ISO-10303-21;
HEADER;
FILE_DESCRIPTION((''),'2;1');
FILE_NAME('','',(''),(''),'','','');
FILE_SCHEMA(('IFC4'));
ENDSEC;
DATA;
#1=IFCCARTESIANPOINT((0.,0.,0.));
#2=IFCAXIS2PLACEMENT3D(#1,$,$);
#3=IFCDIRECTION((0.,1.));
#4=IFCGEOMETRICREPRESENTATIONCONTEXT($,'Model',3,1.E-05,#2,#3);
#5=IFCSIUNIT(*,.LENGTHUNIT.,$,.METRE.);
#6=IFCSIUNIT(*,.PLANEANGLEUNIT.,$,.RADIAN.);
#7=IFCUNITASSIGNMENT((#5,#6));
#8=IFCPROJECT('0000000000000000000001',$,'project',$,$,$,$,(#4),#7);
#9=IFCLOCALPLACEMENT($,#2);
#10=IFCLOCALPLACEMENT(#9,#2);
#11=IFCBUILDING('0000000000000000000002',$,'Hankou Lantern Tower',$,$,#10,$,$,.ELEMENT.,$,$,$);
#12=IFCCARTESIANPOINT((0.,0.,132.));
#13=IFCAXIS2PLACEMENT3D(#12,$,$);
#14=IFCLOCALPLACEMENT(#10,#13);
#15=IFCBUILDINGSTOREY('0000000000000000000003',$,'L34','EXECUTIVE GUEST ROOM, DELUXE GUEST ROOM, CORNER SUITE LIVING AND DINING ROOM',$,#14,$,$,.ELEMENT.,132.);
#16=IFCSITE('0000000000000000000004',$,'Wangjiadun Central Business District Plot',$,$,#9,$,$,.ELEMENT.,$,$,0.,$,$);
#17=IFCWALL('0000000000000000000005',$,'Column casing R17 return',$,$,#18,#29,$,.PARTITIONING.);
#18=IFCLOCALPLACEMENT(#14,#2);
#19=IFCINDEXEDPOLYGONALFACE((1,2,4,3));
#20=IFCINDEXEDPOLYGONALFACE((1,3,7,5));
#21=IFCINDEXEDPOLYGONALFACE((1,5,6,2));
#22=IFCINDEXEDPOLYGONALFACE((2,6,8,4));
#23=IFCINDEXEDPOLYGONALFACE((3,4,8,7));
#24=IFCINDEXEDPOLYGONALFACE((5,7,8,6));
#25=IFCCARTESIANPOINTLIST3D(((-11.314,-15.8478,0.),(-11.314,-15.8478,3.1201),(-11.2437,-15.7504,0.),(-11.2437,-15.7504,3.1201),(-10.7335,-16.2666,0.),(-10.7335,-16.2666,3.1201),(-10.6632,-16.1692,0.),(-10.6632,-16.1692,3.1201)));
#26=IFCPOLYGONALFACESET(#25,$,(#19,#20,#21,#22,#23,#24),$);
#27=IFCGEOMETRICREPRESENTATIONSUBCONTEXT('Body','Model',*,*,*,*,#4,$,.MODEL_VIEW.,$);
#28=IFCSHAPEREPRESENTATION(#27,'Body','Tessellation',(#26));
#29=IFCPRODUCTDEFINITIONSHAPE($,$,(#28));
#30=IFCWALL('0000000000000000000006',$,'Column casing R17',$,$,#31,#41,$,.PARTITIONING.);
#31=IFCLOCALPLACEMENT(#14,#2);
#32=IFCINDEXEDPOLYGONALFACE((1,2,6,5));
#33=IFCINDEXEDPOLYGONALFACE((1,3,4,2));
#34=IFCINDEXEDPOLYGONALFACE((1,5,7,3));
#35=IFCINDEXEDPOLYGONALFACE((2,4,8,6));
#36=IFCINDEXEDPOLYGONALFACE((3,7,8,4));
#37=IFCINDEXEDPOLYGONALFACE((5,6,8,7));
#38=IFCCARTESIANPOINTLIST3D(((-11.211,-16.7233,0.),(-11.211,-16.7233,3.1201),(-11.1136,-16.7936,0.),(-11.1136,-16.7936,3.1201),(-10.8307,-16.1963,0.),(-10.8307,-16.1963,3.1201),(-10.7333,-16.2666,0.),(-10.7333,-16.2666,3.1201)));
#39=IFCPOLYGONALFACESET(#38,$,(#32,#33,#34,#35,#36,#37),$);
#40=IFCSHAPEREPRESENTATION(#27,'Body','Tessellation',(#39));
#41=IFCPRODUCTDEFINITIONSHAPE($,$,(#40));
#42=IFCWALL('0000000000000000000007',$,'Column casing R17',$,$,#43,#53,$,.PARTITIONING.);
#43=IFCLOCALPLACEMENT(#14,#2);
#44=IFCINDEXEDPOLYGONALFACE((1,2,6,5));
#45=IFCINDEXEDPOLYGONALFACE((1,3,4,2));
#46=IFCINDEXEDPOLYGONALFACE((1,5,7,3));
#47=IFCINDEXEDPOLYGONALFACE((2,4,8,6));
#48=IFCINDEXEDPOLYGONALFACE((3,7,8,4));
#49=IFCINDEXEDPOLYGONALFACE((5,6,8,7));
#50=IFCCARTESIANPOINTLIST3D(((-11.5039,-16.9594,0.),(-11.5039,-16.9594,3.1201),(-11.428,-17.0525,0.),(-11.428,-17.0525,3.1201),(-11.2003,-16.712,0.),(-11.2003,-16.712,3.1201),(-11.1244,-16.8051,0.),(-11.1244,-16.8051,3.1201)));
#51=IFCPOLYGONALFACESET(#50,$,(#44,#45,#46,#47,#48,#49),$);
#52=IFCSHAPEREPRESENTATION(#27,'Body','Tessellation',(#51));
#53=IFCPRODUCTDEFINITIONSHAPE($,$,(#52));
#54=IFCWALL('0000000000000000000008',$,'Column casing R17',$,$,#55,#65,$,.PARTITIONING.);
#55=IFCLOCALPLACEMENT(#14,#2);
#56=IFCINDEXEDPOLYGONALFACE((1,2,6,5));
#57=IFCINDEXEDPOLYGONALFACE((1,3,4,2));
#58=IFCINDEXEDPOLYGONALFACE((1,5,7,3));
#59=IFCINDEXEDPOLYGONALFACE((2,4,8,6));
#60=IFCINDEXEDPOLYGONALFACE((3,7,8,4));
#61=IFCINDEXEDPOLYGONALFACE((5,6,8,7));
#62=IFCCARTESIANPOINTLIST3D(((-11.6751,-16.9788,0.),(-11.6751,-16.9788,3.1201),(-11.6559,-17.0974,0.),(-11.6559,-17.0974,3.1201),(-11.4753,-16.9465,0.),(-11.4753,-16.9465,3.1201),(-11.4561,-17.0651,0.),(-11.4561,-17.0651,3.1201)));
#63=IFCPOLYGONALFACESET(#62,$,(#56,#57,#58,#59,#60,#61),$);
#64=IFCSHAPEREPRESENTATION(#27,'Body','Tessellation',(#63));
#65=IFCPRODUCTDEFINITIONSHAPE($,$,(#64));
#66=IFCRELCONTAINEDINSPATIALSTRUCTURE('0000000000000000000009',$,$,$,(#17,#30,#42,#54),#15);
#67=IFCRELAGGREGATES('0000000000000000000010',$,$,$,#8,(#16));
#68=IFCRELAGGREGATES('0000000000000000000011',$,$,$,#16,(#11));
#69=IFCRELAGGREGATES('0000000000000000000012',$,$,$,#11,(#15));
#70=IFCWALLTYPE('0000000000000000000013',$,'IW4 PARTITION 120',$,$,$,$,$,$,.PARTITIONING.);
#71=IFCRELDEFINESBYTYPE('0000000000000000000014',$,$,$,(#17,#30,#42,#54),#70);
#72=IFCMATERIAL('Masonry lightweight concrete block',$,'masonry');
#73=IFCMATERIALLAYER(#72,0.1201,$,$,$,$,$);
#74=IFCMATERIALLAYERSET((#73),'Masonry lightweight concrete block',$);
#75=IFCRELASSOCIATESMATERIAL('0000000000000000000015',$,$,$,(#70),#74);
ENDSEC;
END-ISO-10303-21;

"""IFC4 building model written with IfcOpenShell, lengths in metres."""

from ifc_helpers import new_model, si_unit, direction, frame, frame_2d, origin, place, context, subcontext, project, spatial, rectangle, extrude, material, layer, layer_set, type_object, element, save


model = new_model("IFC4")

# Units and contexts
model_context = context("Model", 3, precision=1e-05, world=origin(), true_north=direction((0.0, 1.0)))
body_context = subcontext(model_context, "Body", "Model", "MODEL_VIEW")
ifc_project = project(units=[si_unit("LENGTHUNIT", "METRE"), si_unit("PLANEANGLEUNIT", "RADIAN")], contexts=[model_context])

# Site, building, storey
site_placement = place(None, origin())
site = spatial("IfcSite", under=ifc_project, at=site_placement, Name="Wangjiadun Central Business District Plot", CompositionType="ELEMENT", RefElevation=0.0)
building_placement = place(site_placement, origin())
building = spatial("IfcBuilding", under=site, at=building_placement, Name="Hankou Lantern Tower", CompositionType="ELEMENT")
storey_placement = place(building_placement, frame((0.0, 0.0, 132.0)))
storey = spatial("IfcBuildingStorey", under=building, at=storey_placement, Name="L34", Description="EXECUTIVE GUEST ROOM, DELUXE GUEST ROOM, CORNER SUITE LIVING AND DINING ROOM", CompositionType="ELEMENT", Elevation=132.0)

# Walls
ifc_material_1 = material(Name="Masonry lightweight concrete block", Category="masonry")
ifc_layer_1 = layer(ifc_material_1, 0.1201)
ifc_layer_set_1 = layer_set([ifc_layer_1], Name="Masonry lightweight concrete block")
wall_type_1 = type_object("IfcWallType", Name="IW4 PARTITION 120", PredefinedType="PARTITIONING", material=ifc_layer_set_1)
wall_1_placement = place(storey_placement, frame((-11.2788, -15.7991, 0.0), z_axis=(0.0, 0.0, 1.0), x_axis=(0.810913, -0.585167, 0.0)))
element("IfcWall", 1, at=wall_1_placement, inside=storey, type_object=wall_type_1, Name="Column casing R17 return", PredefinedType="PARTITIONING", context=body_context, shape_type="SweptSolid", body=[
    extrude(rectangle(XDim=0.7158, YDim=0.1201, at=frame_2d((0.3579, 0.0))), origin(), (0.0, 0.0, 1.0), 3.1201),
])
wall_2_placement = place(storey_placement, frame((-10.782, -16.2314, 0.0), z_axis=(0.0, 0.0, 1.0), x_axis=(-0.585175, -0.810907, 0.0)))
element("IfcWall", 2, at=wall_2_placement, inside=storey, type_object=wall_type_1, Name="Column casing R17", PredefinedType="PARTITIONING", context=body_context, shape_type="SweptSolid", body=[
    extrude(rectangle(XDim=0.6499, YDim=0.1201, at=frame_2d((0.325, 0.0))), origin(), (0.0, 0.0, 1.0), 3.1201),
])
wall_3_placement = place(storey_placement, frame((-11.1624, -16.7585, 0.0), z_axis=(0.0, 0.0, 1.0), x_axis=(-0.775178, -0.631742, 0.0)))
element("IfcWall", 3, at=wall_3_placement, inside=storey, type_object=wall_type_1, Name="Column casing R17", PredefinedType="PARTITIONING", context=body_context, shape_type="SweptSolid", body=[
    extrude(rectangle(XDim=0.3916, YDim=0.1201, at=frame_2d((0.1958, 0.0))), origin(), (0.0, 0.0, 1.0), 3.1201),
])
wall_4_placement = place(storey_placement, frame((-11.4658, -17.0059, 0.0), z_axis=(0.0, 0.0, 1.0), x_axis=(-0.987229, -0.159308, 0.0)))
element("IfcWall", 4, at=wall_4_placement, inside=storey, type_object=wall_type_1, Name="Column casing R17", PredefinedType="PARTITIONING", context=body_context, shape_type="SweptSolid", body=[
    extrude(rectangle(XDim=0.2024, YDim=0.1201, at=frame_2d((0.1011, 0.0))), origin(), (0.0, 0.0, 1.0), 3.1201),
])

save(model, "model.ifc")
